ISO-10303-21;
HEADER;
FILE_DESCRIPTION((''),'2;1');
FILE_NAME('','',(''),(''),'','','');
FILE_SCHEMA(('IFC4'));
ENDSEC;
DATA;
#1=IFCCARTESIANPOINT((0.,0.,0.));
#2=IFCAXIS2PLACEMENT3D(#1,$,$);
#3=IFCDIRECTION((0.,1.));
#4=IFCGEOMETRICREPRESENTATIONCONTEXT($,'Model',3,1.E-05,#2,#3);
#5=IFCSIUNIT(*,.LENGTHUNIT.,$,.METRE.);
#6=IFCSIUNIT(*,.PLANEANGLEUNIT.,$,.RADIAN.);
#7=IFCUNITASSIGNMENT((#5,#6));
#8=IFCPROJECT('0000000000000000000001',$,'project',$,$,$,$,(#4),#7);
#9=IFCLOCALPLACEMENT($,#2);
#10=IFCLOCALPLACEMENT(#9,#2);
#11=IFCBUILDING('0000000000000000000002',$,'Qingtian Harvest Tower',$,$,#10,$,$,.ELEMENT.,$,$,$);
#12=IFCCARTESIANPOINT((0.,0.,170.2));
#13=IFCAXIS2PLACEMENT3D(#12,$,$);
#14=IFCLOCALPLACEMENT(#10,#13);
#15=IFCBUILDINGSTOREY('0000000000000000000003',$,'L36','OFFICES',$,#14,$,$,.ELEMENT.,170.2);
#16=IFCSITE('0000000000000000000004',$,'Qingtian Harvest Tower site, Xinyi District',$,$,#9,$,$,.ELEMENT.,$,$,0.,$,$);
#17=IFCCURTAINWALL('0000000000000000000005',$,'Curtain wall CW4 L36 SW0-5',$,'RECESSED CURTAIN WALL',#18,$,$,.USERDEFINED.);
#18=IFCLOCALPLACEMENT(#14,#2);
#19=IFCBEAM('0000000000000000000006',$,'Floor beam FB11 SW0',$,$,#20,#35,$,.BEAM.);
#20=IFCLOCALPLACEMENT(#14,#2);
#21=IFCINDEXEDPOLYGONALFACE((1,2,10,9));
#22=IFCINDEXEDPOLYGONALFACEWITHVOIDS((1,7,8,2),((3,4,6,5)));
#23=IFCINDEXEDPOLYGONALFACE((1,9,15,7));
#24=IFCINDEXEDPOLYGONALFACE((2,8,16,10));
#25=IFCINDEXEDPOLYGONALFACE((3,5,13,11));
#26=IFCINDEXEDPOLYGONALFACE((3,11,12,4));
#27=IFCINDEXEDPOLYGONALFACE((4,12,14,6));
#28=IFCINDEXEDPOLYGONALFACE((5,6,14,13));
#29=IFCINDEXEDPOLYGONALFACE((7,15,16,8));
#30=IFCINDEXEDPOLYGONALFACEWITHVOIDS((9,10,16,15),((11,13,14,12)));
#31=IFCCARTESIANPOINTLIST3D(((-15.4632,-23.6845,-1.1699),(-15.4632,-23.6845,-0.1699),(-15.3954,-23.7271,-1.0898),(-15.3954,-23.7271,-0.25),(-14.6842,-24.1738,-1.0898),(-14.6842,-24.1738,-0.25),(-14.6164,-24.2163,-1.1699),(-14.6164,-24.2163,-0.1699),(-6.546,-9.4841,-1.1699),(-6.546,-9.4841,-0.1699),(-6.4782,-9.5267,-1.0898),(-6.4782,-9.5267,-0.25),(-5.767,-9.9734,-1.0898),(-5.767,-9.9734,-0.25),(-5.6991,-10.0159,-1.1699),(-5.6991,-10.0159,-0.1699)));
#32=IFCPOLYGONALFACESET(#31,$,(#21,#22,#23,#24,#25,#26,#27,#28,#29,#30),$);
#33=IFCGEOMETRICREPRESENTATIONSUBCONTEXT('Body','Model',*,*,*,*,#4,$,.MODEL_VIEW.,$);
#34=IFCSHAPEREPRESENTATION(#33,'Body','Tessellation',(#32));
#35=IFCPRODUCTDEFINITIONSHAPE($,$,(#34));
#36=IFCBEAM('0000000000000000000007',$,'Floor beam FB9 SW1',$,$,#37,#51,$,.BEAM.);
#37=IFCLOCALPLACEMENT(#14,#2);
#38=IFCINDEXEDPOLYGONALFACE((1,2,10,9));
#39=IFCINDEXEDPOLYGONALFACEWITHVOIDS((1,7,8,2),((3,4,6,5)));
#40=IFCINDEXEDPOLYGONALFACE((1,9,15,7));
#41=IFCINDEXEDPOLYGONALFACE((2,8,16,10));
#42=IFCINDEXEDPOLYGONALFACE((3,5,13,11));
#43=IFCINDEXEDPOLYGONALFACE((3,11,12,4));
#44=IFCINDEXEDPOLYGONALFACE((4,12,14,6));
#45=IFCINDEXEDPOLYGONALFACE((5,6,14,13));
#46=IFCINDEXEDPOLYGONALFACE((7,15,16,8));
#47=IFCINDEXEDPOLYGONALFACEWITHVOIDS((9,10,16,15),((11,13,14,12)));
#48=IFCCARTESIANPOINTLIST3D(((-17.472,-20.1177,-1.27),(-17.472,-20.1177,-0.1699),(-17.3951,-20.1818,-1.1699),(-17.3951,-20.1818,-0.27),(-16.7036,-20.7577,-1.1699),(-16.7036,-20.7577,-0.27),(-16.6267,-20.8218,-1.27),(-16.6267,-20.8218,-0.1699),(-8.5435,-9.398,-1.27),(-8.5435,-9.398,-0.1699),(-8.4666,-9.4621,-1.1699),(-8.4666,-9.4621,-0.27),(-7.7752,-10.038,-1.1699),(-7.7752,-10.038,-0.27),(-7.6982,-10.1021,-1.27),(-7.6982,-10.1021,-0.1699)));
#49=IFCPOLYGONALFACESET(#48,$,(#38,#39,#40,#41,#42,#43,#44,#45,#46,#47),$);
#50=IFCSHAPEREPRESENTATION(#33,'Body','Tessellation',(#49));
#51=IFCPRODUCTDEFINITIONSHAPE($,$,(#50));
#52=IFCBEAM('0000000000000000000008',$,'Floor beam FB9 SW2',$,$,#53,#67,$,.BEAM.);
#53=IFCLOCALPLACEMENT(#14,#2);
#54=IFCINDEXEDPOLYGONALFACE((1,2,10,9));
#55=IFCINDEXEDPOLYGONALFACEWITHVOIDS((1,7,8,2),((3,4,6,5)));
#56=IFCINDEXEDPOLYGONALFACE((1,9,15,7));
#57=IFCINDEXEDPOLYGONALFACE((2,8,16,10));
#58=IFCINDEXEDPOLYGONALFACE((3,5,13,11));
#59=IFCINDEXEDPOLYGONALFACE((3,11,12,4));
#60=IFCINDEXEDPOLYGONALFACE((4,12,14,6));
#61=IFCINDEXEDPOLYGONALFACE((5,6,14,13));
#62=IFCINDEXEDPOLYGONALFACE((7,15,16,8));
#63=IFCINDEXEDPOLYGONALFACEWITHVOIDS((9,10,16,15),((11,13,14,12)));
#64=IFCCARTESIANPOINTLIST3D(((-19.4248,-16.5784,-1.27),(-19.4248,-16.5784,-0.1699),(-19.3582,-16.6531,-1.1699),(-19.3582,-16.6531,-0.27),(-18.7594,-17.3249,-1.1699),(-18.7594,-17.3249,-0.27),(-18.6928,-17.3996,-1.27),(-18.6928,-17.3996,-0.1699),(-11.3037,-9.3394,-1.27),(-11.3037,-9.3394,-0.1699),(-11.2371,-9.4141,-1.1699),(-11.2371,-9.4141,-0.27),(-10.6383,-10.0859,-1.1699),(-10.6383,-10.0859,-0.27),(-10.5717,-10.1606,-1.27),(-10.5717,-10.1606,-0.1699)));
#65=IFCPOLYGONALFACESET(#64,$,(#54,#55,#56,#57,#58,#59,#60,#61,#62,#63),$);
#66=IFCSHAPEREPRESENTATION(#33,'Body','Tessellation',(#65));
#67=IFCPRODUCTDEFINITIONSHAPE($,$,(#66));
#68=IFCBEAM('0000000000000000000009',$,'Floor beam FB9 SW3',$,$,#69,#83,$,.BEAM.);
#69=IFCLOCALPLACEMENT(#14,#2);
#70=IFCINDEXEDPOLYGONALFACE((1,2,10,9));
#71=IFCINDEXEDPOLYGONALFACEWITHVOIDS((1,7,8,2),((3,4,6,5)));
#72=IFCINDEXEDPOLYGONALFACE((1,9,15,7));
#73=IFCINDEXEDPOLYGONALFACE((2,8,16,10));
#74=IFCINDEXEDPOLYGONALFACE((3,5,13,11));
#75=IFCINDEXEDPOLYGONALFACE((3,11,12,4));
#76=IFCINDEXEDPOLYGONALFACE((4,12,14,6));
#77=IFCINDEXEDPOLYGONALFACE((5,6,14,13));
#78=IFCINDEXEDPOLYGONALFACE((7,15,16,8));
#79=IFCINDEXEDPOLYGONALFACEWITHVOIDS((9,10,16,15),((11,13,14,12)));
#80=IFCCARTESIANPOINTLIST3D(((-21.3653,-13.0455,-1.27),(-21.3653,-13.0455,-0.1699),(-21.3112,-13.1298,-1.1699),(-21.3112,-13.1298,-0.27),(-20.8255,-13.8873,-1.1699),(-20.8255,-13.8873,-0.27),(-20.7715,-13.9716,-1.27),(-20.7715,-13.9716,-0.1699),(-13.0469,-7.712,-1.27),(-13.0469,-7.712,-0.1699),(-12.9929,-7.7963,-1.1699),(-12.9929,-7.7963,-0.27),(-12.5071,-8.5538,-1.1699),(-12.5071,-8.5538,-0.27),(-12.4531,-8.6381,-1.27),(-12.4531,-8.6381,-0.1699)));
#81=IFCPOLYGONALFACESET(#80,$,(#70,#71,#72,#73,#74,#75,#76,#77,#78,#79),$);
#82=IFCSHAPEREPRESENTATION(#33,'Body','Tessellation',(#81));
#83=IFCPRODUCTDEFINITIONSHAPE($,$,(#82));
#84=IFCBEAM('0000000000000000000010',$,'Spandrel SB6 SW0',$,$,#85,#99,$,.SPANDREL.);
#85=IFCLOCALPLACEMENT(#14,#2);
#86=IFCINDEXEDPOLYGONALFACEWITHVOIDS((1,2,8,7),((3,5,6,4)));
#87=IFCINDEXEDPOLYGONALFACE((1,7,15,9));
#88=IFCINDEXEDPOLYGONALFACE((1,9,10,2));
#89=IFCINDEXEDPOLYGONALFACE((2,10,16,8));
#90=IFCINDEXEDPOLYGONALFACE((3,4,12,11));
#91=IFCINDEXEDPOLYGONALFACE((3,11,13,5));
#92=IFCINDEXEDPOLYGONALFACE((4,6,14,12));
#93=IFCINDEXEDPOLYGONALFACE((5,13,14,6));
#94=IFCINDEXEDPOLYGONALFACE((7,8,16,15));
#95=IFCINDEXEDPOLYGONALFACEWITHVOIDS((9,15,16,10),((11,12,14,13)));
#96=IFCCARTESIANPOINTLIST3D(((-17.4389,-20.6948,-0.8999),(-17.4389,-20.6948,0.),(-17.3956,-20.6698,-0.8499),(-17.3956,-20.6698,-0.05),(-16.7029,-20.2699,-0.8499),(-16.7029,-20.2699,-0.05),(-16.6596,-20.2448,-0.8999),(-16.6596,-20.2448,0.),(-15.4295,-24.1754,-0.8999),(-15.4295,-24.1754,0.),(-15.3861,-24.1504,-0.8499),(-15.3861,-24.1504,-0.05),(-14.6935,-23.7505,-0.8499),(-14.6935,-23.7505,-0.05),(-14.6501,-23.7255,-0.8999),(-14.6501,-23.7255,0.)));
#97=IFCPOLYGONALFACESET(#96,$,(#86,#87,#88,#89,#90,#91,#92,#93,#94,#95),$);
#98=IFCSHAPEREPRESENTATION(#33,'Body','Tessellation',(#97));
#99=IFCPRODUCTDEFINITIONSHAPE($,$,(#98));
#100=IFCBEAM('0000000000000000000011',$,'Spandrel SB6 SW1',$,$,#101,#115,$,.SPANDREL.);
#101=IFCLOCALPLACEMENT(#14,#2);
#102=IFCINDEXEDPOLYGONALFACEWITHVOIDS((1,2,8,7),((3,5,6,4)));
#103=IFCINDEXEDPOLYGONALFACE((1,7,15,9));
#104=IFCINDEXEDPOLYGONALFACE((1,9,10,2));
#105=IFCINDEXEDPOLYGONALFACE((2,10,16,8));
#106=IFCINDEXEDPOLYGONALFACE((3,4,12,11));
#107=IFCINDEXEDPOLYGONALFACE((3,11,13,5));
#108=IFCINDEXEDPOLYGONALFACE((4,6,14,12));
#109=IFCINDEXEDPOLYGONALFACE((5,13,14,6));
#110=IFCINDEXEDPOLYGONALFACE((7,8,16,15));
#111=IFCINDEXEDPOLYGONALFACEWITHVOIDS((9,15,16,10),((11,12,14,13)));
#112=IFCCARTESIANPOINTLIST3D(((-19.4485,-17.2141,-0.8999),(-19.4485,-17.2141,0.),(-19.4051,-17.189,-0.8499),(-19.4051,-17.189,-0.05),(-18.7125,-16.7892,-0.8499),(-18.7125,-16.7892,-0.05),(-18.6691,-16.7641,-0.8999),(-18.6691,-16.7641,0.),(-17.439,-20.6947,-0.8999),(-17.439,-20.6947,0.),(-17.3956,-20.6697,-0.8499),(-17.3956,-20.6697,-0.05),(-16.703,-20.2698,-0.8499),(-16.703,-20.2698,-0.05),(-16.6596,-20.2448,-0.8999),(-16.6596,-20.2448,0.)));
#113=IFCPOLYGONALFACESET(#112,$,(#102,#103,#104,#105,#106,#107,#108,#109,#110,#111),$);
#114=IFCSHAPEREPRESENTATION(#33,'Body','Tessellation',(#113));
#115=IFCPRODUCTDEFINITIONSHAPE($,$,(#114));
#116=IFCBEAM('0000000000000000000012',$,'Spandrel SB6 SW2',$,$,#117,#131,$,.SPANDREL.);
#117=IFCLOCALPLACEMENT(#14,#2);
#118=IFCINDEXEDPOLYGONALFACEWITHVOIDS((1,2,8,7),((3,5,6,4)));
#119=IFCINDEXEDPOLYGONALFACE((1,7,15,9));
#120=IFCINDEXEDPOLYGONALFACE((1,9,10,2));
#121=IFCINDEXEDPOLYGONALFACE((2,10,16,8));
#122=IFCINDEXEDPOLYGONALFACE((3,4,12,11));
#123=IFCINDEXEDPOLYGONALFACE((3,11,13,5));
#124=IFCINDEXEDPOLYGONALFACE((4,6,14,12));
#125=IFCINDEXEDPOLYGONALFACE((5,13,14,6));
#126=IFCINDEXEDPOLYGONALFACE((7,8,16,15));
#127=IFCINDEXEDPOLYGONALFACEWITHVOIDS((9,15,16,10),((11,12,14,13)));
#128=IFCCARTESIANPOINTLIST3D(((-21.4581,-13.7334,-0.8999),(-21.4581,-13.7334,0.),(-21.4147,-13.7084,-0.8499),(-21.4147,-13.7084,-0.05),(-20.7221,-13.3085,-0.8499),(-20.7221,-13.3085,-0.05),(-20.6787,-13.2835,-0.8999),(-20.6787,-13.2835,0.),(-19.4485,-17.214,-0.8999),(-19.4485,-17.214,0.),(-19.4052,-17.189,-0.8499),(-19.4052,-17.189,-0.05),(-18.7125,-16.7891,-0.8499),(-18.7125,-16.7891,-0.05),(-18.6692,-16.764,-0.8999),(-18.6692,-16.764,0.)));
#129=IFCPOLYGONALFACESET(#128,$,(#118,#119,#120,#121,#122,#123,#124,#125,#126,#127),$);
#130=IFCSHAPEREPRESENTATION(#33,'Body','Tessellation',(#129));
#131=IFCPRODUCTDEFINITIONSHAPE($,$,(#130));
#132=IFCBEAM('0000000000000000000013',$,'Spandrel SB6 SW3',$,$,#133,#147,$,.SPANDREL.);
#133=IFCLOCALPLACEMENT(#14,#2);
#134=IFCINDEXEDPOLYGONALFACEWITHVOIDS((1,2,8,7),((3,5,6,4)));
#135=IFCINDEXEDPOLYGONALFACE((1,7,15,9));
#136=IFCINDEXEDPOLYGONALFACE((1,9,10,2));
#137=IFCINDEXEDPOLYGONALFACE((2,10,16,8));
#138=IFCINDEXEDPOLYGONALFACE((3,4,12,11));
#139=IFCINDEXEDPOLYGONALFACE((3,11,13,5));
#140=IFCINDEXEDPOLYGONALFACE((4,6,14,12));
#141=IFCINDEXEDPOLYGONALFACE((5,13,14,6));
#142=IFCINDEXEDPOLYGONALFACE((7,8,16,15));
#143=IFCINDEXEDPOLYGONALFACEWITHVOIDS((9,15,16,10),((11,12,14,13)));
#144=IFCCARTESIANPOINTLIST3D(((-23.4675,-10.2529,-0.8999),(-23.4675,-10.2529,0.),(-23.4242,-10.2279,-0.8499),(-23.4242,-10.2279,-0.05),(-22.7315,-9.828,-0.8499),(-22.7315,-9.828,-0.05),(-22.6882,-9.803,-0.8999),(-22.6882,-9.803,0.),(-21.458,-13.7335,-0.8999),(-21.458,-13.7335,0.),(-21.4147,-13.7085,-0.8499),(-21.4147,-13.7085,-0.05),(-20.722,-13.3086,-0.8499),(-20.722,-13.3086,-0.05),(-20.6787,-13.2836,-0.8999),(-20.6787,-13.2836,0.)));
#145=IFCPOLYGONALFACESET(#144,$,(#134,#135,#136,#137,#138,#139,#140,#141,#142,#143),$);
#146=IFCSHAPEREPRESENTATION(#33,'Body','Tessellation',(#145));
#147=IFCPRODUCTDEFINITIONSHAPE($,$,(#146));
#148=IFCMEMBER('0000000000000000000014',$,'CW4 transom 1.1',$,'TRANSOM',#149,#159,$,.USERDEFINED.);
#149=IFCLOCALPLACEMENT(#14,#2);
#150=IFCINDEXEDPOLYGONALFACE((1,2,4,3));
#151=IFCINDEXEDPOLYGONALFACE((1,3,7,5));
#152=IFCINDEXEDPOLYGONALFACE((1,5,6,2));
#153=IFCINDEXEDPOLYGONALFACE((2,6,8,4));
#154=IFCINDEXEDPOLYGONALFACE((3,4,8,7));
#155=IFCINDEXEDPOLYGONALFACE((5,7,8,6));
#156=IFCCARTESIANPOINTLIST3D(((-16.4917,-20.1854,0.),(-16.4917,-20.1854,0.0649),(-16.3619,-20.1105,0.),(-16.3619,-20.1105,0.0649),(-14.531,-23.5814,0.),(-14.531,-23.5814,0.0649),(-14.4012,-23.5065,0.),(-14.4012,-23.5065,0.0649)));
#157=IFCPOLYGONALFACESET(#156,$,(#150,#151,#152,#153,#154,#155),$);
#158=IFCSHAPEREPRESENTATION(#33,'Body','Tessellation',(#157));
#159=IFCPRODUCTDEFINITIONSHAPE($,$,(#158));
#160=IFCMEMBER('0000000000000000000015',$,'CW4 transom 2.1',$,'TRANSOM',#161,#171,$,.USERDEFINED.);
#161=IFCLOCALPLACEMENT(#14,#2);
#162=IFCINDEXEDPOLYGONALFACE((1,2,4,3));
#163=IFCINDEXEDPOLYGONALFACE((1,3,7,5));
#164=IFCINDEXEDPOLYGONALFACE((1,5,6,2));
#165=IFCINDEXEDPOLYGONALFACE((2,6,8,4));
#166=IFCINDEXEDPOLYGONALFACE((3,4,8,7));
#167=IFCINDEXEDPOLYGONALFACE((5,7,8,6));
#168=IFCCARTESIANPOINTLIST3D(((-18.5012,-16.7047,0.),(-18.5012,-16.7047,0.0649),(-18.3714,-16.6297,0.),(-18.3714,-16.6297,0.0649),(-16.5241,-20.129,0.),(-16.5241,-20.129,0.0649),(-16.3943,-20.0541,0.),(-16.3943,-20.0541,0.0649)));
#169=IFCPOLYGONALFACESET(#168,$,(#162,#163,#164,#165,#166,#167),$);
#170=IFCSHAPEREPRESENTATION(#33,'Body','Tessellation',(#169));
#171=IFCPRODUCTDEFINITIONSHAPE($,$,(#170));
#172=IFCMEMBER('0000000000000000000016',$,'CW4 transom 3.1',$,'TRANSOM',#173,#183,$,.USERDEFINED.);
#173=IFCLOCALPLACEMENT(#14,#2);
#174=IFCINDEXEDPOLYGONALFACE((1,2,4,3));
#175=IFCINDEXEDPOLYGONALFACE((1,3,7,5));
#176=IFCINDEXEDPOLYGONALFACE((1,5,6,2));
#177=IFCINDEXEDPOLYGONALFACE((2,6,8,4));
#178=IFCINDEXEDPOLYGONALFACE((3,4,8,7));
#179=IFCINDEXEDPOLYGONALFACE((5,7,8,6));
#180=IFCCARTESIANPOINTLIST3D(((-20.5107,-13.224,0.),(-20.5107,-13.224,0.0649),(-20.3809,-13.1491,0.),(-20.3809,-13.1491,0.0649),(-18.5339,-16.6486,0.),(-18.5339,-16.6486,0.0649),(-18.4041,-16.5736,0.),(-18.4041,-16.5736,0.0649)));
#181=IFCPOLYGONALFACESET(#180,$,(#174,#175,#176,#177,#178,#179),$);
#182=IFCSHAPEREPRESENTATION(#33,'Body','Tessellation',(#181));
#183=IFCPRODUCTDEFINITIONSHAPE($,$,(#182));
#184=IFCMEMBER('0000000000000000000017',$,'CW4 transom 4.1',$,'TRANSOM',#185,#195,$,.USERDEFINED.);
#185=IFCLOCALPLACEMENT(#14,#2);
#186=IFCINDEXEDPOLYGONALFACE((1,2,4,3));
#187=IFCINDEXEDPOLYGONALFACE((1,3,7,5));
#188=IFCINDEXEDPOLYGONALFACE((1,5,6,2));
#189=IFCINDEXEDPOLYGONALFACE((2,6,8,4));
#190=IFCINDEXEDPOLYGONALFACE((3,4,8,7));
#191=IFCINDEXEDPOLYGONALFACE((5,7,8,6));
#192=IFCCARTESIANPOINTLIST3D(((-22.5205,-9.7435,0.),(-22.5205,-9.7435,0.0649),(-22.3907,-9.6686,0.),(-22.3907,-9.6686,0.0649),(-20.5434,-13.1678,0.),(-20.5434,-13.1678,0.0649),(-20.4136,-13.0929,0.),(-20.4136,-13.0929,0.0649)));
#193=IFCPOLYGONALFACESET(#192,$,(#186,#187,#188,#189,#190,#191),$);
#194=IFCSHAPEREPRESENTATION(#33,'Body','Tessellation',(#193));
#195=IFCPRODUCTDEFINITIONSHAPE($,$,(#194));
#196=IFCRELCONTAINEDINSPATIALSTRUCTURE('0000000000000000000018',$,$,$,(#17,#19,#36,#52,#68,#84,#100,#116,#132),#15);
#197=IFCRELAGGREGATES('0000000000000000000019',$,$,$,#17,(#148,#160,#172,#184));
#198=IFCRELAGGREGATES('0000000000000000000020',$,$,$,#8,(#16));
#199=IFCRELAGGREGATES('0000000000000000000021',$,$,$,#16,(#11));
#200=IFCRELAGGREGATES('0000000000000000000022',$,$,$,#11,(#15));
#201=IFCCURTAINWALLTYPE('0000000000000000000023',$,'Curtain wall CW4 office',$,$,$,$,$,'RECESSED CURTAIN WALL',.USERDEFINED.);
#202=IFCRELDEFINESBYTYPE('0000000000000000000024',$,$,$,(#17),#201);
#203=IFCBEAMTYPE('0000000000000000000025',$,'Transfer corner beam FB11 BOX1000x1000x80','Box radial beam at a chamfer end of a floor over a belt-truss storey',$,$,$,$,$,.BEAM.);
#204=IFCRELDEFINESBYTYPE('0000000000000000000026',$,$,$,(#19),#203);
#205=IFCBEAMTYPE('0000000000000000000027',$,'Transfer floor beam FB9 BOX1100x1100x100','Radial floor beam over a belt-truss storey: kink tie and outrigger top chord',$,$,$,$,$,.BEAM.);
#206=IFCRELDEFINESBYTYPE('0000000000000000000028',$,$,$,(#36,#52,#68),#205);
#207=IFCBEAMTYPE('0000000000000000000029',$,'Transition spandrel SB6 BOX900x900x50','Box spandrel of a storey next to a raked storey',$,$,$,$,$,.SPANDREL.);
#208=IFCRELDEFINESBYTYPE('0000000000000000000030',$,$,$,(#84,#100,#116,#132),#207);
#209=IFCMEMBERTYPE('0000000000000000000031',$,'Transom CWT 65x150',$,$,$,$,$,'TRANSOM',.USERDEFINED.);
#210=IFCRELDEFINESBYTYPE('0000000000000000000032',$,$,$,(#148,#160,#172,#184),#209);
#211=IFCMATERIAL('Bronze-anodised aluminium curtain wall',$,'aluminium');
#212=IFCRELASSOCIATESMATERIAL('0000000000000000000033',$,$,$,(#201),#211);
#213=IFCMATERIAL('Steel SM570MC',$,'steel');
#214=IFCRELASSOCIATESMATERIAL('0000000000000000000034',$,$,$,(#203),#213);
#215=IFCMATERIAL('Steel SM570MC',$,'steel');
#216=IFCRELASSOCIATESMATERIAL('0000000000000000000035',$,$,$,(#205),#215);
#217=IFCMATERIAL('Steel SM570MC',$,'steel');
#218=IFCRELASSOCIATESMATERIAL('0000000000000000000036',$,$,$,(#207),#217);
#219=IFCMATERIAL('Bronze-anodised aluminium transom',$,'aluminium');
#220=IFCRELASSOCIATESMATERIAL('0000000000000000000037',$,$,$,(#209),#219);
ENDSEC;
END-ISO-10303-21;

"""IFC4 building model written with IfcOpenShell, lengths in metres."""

from ifc_helpers import new_model, si_unit, direction, frame, origin, origin_2d, place, context, subcontext, project, spatial, rectangle, hollow_rectangle, extrude, material, material_profile, profile_set, type_object, element, aggregate, save


model = new_model("IFC4")

# Units and contexts
model_context = context("Model", 3, precision=1e-05, world=origin(), true_north=direction((0.0, 1.0)))
body_context = subcontext(model_context, "Body", "Model", "MODEL_VIEW")
ifc_project = project(units=[si_unit("LENGTHUNIT", "METRE"), si_unit("PLANEANGLEUNIT", "RADIAN")], contexts=[model_context])

# Site, building, storey
site_placement = place(None, origin())
site = spatial("IfcSite", under=ifc_project, at=site_placement, Name="Qingtian Harvest Tower site, Xinyi District", CompositionType="ELEMENT", RefElevation=0.0)
building_placement = place(site_placement, origin())
building = spatial("IfcBuilding", under=site, at=building_placement, Name="Qingtian Harvest Tower", CompositionType="ELEMENT")
storey_placement = place(building_placement, frame((0.0, 0.0, 170.2)))
storey = spatial("IfcBuildingStorey", under=building, at=storey_placement, Name="L36", Description="OFFICES", CompositionType="ELEMENT", Elevation=170.2)

# Shared definitions
ifc_material_1 = material(Name="Bronze-anodised aluminium curtain wall", Category="aluminium")
curtain_wall_type = type_object("IfcCurtainWallType", Name="Curtain wall CW4 office", ElementType="RECESSED CURTAIN WALL", PredefinedType="USERDEFINED", material=ifc_material_1)

# Curtain wall
curtain_wall_1_placement = place(storey_placement, origin())
curtain_wall_1 = element("IfcCurtainWall", 1, at=curtain_wall_1_placement, inside=storey, type_object=curtain_wall_type, Name="Curtain wall CW4 L36 SW0-5", ObjectType="RECESSED CURTAIN WALL", PredefinedType="USERDEFINED")

# Beams
ifc_material_2 = material(Name="Steel SM570MC", Category="steel")
ifc_material_profile_1 = material_profile(ifc_material_2, hollow_rectangle(XDim=1.0, YDim=1.0, WallThickness=0.0801, at=origin_2d()), Name="BOX1000x1000x80")
ifc_profile_set_1 = profile_set([ifc_material_profile_1], Name="Steel SM570MC")
beam_type_1 = type_object("IfcBeamType", Name="Transfer corner beam FB11 BOX1000x1000x80", Description="Box radial beam at a chamfer end of a floor over a belt-truss storey", PredefinedType="BEAM", material=ifc_profile_set_1)
beam_1_placement = place(storey_placement, frame((-15.0398, -23.9504, -0.6699), z_axis=(0.531797, 0.846872, 0.0), x_axis=(-0.846872, 0.531797, 0.0)))
element("IfcBeam", 2, at=beam_1_placement, inside=storey, type_object=beam_type_1, Name="Floor beam FB11 SW0", PredefinedType="BEAM", context=body_context, shape_type="SweptSolid", body=[
    extrude(hollow_rectangle(XDim=1.0, YDim=1.0, WallThickness=0.0801, at=origin_2d()), origin(), (0.0, 0.0, 1.0), 16.7681),
])
ifc_material_3 = material(Name="Steel SM570MC", Category="steel")
ifc_material_profile_2 = material_profile(ifc_material_3, hollow_rectangle(XDim=1.1001, YDim=1.1001, WallThickness=0.1001, at=origin_2d()), Name="BOX1100x1100x100")
ifc_profile_set_2 = profile_set([ifc_material_profile_2], Name="Steel SM570MC")
beam_type_2 = type_object("IfcBeamType", Name="Transfer floor beam FB9 BOX1100x1100x100", Description="Radial floor beam over a belt-truss storey: kink tie and outrigger top chord", PredefinedType="BEAM", material=ifc_profile_set_2)
beam_2_placement = place(storey_placement, frame((-17.0493, -20.4697, -0.72), z_axis=(0.639988, 0.768385, 0.0), x_axis=(-0.768385, 0.639988, 0.0)))
element("IfcBeam", 3, at=beam_2_placement, inside=storey, type_object=beam_type_2, Name="Floor beam FB9 SW1", PredefinedType="BEAM", context=body_context, shape_type="SweptSolid", body=[
    extrude(hollow_rectangle(XDim=1.1001, YDim=1.1001, WallThickness=0.1001, at=origin_2d()), origin(), (0.0, 0.0, 1.0), 13.9509),
])
beam_3_placement = place(storey_placement, frame((-19.0588, -16.989, -0.72), z_axis=(0.746484, 0.665404, 0.0), x_axis=(-0.665404, 0.746484, 0.0)))
element("IfcBeam", 4, at=beam_3_placement, inside=storey, type_object=beam_type_2, Name="Floor beam FB9 SW2", PredefinedType="BEAM", context=body_context, shape_type="SweptSolid", body=[
    extrude(hollow_rectangle(XDim=1.1001, YDim=1.1001, WallThickness=0.1001, at=origin_2d()), origin(), (0.0, 0.0, 1.0), 10.8792),
])
beam_4_placement = place(storey_placement, frame((-21.0684, -13.5085, -0.72), z_axis=(0.841823, 0.539753, 0.0), x_axis=(-0.539753, 0.841823, 0.0)))
element("IfcBeam", 5, at=beam_4_placement, inside=storey, type_object=beam_type_2, Name="Floor beam FB9 SW3", PredefinedType="BEAM", context=body_context, shape_type="SweptSolid", body=[
    extrude(hollow_rectangle(XDim=1.1001, YDim=1.1001, WallThickness=0.1001, at=origin_2d()), origin(), (0.0, 0.0, 1.0), 9.8813),
])
ifc_material_4 = material(Name="Steel SM570MC", Category="steel")
ifc_material_profile_3 = material_profile(ifc_material_4, hollow_rectangle(XDim=0.8999, YDim=0.8999, WallThickness=0.05, at=origin_2d()), Name="BOX900x900x50")
ifc_profile_set_3 = profile_set([ifc_material_profile_3], Name="Steel SM570MC")
beam_type_3 = type_object("IfcBeamType", Name="Transition spandrel SB6 BOX900x900x50", Description="Box spandrel of a storey next to a raked storey", PredefinedType="SPANDREL", material=ifc_profile_set_3)
for number, where, z_axis, x_axis, name in (
    (6, (-15.0398, -23.9504, -0.45), (-0.499987, 0.866033, 0.0), (-0.866033, -0.499987, 0.0), "Spandrel SB6 SW0"),
    (7, (-17.0493, -20.4697, -0.45), (-0.499987, 0.866033, 0.0), (-0.866033, -0.499987, 0.0), "Spandrel SB6 SW1"),
    (8, (-19.0588, -16.989, -0.45), (-0.500013, 0.866018, 0.0), (-0.866018, -0.500013, 0.0), "Spandrel SB6 SW2"),
    (9, (-21.0684, -13.5085, -0.45), (-0.499987, 0.866033, 0.0), (-0.866033, -0.499987, 0.0), "Spandrel SB6 SW3"),
):
    element("IfcBeam", number, at=place(storey_placement, frame(where, z_axis=z_axis, x_axis=x_axis)), inside=storey, type_object=beam_type_3, Name=name, PredefinedType="SPANDREL", context=body_context, shape_type="SweptSolid", body=[
        extrude(hollow_rectangle(XDim=0.8999, YDim=0.8999, WallThickness=0.05, at=origin_2d()), origin(), (0.0, 0.0, 1.0), 4.019),
    ])

# Members
ifc_material_5 = material(Name="Bronze-anodised aluminium transom", Category="aluminium")
ifc_material_profile_4 = material_profile(ifc_material_5, rectangle(XDim=0.1499, YDim=0.0649, at=origin_2d()), Name="AL 65x150")
ifc_profile_set_4 = profile_set([ifc_material_profile_4], Name="Bronze-anodised aluminium transom")
member_type_1 = type_object("IfcMemberType", Name="Transom CWT 65x150", ElementType="TRANSOM", PredefinedType="USERDEFINED", material=ifc_profile_set_4)
member_1_placement = place(storey_placement, frame((-14.4661, -23.5439, 0.0325), z_axis=(-0.500003, 0.866024, 0.0), x_axis=(-0.866024, -0.500003, 0.0)))
member_1 = element("IfcMember", 10, at=member_1_placement, type_object=member_type_1, Name="CW4 transom 1.1", ObjectType="TRANSOM", PredefinedType="USERDEFINED", context=body_context, shape_type="SweptSolid", body=[
    extrude(rectangle(XDim=0.1499, YDim=0.0649, at=origin_2d()), origin(), (0.0, 0.0, 1.0), 3.9214),
])
member_2_placement = place(storey_placement, frame((-16.4592, -20.0916, 0.0325), z_axis=(-0.500004, 0.866023, 0.0), x_axis=(-0.866023, -0.500004, 0.0)))
member_2 = element("IfcMember", 11, at=member_2_placement, type_object=member_type_1, Name="CW4 transom 2.1", ObjectType="TRANSOM", PredefinedType="USERDEFINED", context=body_context, shape_type="SweptSolid", body=[
    extrude(rectangle(XDim=0.1499, YDim=0.0649, at=origin_2d()), origin(), (0.0, 0.0, 1.0), 3.9541),
])
member_3_placement = place(storey_placement, frame((-18.469, -16.6111, 0.0325), z_axis=(-0.499931, 0.866065, 0.0), x_axis=(-0.866065, -0.499931, 0.0)))
member_3 = element("IfcMember", 12, at=member_3_placement, type_object=member_type_1, Name="CW4 transom 3.1", ObjectType="TRANSOM", PredefinedType="USERDEFINED", context=body_context, shape_type="SweptSolid", body=[
    extrude(rectangle(XDim=0.1499, YDim=0.0649, at=origin_2d()), origin(), (0.0, 0.0, 1.0), 3.9541),
])
member_4_placement = place(storey_placement, frame((-20.4785, -13.1304, 0.0325), z_axis=(-0.500004, 0.866023, 0.0), x_axis=(-0.866023, -0.500004, 0.0)))
member_4 = element("IfcMember", 13, at=member_4_placement, type_object=member_type_1, Name="CW4 transom 4.1", ObjectType="TRANSOM", PredefinedType="USERDEFINED", context=body_context, shape_type="SweptSolid", body=[
    extrude(rectangle(XDim=0.1499, YDim=0.0649, at=origin_2d()), origin(), (0.0, 0.0, 1.0), 3.9541),
])

aggregate(curtain_wall_1, [member_1, member_2, member_3, member_4])

save(model, "model.ifc")
